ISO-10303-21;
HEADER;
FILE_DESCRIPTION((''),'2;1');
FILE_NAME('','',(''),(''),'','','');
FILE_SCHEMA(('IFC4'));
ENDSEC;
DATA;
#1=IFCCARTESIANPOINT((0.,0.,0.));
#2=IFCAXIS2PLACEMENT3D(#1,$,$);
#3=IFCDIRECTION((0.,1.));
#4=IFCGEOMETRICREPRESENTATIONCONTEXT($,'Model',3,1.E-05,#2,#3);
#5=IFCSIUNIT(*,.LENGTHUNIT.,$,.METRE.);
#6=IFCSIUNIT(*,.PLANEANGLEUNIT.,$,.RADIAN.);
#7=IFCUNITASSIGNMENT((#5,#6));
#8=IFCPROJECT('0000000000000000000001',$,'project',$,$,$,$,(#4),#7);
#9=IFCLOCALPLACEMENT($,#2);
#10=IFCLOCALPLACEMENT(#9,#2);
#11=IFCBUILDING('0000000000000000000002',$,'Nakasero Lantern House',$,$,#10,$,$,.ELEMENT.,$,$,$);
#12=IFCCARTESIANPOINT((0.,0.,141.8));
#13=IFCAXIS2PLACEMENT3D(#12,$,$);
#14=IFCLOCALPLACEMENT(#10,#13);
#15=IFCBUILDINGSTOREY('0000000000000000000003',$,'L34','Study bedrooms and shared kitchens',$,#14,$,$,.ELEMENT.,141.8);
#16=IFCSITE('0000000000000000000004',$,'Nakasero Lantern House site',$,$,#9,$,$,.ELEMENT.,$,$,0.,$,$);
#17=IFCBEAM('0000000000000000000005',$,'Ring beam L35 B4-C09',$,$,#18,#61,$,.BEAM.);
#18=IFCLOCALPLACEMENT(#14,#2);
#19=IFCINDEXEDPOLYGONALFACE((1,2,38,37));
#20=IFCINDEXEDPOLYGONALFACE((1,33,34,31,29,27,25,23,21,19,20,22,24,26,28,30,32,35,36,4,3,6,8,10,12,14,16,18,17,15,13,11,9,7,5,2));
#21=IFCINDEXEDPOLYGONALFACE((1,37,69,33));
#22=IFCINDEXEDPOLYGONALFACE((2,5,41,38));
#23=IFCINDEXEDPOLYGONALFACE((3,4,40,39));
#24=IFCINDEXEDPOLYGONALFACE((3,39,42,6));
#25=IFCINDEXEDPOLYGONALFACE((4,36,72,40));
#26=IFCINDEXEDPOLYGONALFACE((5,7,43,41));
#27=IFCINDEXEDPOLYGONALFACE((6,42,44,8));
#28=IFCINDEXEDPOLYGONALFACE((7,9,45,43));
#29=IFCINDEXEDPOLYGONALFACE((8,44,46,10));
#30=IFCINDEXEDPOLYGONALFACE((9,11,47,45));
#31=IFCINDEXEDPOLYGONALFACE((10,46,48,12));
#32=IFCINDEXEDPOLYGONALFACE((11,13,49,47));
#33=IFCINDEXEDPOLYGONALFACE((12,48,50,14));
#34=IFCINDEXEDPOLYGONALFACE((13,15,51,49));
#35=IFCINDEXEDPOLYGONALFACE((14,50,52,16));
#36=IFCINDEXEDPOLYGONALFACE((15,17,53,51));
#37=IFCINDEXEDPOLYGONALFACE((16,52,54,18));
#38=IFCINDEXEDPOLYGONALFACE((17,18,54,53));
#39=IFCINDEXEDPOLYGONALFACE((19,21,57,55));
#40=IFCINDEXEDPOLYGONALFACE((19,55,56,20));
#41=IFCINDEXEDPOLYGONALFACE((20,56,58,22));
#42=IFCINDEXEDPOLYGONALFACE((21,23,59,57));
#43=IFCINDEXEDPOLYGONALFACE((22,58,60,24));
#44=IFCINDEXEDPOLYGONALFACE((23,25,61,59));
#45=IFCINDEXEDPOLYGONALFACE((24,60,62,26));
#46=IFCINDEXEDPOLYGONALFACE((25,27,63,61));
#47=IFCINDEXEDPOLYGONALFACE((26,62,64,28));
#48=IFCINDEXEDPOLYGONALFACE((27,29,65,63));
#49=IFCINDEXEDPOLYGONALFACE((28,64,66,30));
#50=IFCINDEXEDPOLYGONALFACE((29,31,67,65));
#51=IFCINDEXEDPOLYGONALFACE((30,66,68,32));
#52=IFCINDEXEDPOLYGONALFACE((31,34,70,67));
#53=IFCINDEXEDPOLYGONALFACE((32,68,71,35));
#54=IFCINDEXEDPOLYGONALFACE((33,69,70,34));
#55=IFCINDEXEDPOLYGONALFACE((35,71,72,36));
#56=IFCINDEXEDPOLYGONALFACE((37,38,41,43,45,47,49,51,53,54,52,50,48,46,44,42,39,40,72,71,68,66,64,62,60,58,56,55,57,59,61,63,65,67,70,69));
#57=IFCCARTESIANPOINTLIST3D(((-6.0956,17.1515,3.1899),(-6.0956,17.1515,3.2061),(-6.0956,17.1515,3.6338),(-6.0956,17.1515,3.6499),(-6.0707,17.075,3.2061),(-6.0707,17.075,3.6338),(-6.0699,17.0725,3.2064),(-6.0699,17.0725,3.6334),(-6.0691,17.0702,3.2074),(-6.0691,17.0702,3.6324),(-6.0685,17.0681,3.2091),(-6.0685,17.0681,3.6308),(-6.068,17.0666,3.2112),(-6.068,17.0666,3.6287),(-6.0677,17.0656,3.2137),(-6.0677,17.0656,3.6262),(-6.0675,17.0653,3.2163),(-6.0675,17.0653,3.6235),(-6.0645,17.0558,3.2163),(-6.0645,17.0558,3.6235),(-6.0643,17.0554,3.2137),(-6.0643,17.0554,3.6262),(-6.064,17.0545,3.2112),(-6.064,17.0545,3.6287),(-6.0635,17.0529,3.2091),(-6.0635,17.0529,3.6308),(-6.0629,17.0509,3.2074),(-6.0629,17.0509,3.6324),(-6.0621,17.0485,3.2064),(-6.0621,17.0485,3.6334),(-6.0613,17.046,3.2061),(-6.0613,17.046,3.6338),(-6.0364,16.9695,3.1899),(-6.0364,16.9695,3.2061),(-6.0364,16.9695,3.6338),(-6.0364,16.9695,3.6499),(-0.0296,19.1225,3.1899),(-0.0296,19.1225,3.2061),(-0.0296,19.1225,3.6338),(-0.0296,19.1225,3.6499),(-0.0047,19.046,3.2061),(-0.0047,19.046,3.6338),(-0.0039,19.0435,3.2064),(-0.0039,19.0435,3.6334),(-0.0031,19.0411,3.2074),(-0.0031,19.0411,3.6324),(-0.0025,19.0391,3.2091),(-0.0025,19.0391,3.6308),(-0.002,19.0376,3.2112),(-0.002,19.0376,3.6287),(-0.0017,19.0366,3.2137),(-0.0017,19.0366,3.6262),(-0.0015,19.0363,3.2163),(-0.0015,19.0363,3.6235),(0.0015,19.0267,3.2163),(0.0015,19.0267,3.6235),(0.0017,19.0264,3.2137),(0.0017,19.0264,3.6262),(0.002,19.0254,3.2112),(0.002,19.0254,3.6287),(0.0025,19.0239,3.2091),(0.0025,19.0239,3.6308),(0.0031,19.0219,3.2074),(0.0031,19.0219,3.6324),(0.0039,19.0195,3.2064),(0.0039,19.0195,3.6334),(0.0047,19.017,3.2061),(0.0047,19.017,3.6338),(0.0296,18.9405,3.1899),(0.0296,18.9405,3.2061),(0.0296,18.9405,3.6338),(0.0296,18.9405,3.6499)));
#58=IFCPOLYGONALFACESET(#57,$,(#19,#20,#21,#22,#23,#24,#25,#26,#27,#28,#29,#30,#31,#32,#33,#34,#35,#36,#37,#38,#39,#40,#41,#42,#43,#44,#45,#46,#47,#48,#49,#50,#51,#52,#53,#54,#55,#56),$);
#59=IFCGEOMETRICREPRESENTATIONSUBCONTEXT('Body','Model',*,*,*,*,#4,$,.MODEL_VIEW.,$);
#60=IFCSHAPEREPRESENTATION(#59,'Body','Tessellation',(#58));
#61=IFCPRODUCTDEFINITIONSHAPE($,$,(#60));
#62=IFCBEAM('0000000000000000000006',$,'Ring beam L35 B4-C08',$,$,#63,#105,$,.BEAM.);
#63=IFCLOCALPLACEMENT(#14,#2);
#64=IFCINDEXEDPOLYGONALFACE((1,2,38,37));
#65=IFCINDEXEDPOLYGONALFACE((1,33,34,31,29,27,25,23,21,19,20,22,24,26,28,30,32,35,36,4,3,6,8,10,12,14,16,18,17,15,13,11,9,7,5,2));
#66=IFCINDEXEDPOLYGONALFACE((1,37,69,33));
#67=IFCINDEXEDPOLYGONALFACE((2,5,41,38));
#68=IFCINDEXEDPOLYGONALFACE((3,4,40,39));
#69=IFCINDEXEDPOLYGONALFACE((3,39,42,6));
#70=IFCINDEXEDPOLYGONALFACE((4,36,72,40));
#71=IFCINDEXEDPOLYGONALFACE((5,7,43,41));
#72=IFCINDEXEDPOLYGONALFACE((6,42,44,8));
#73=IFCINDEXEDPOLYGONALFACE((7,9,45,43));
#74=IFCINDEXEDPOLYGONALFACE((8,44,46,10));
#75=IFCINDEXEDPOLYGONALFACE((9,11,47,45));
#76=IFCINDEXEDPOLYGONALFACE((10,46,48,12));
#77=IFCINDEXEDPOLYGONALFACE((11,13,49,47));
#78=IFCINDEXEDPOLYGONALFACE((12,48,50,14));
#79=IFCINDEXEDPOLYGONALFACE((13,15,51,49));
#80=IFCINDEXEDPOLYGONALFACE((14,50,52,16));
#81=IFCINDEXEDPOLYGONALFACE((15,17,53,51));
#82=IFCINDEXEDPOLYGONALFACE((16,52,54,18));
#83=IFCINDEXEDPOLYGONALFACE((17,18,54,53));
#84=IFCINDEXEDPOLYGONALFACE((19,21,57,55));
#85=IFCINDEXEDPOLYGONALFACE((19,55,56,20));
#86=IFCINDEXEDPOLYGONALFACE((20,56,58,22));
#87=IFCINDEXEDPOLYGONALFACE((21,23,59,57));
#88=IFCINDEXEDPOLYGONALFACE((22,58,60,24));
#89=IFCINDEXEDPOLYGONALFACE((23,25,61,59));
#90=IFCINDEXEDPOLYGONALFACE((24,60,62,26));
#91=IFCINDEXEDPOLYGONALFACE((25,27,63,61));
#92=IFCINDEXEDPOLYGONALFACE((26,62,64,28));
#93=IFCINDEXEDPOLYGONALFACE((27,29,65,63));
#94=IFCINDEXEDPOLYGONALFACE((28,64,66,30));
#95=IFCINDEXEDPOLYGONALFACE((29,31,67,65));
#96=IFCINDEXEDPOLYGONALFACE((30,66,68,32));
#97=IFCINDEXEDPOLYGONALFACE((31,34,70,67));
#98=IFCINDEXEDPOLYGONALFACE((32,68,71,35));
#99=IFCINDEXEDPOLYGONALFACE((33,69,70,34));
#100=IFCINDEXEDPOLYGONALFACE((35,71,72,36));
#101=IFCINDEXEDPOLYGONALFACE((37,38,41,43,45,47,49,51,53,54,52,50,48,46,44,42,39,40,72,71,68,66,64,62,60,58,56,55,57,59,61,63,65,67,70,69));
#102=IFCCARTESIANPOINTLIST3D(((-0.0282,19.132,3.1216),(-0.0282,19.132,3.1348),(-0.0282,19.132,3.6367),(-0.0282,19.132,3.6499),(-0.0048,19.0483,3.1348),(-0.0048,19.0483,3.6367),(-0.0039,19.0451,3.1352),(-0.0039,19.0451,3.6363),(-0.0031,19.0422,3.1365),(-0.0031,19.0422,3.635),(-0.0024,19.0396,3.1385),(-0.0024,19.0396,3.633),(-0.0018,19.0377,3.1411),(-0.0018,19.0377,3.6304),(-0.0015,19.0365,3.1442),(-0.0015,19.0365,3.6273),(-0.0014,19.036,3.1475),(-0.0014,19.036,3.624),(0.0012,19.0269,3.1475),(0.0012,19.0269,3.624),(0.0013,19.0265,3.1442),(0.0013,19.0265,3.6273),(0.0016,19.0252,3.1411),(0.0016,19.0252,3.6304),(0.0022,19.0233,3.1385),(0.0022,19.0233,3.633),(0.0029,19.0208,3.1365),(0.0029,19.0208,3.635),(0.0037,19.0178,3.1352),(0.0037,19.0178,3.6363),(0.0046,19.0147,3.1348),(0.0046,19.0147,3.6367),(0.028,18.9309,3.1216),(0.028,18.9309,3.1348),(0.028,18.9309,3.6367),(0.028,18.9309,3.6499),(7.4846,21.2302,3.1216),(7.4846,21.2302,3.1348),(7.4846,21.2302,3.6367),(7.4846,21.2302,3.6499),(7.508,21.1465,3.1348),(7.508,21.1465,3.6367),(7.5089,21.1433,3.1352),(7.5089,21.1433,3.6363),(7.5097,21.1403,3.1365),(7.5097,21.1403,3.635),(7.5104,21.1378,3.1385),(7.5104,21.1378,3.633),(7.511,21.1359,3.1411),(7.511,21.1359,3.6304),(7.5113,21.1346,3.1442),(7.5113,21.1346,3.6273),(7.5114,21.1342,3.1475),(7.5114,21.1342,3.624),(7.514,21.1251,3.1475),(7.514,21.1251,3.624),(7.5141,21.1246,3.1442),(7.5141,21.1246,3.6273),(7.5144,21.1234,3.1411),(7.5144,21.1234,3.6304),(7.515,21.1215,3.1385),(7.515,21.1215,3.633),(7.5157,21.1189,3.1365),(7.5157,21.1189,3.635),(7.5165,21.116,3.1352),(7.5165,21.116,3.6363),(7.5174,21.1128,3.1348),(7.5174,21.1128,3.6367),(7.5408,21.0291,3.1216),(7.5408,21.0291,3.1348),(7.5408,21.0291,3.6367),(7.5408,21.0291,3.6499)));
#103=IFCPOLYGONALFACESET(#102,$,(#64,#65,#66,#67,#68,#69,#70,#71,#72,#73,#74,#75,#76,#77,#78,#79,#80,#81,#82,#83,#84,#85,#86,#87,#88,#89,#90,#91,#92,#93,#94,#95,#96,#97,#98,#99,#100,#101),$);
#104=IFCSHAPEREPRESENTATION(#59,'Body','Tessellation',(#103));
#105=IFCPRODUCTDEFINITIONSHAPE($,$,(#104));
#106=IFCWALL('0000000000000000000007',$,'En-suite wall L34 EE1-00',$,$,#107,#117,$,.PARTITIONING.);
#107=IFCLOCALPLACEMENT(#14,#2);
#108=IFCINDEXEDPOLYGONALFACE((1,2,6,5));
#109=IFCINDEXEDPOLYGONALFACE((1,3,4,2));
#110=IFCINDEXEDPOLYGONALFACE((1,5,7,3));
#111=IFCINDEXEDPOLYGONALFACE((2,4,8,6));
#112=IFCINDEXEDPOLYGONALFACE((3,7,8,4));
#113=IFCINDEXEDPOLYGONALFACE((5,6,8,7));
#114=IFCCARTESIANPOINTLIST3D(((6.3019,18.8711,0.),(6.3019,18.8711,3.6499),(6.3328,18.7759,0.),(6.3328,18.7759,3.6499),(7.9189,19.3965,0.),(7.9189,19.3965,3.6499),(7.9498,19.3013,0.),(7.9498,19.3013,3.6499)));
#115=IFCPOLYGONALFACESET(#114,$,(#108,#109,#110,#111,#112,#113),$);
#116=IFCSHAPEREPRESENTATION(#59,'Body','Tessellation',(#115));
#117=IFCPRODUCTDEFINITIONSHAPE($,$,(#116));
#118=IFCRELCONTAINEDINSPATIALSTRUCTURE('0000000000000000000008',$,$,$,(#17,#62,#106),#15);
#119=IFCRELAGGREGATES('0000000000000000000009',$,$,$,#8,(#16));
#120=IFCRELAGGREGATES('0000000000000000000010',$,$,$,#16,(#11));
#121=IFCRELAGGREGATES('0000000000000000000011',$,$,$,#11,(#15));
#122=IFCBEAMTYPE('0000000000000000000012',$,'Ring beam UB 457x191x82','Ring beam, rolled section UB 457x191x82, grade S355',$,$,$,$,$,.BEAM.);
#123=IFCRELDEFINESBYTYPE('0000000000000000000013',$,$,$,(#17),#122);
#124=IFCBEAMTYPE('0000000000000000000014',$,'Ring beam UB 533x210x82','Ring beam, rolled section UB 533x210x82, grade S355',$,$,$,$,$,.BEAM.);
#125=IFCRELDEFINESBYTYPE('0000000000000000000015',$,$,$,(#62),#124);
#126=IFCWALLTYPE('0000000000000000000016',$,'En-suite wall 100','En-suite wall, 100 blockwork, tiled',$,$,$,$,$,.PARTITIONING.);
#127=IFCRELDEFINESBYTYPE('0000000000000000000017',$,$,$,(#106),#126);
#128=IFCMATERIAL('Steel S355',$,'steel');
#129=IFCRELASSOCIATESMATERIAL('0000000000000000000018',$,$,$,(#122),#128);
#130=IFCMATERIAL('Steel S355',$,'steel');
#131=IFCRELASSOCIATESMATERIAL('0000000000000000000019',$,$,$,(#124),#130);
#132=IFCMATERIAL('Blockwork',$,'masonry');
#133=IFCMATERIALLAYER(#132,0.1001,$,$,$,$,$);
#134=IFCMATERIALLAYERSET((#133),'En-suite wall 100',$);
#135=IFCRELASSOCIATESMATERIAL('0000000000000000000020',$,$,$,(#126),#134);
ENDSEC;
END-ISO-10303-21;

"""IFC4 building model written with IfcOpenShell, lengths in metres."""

from ifc_helpers import new_model, si_unit, direction, frame, frame_2d, origin, origin_2d, place, context, subcontext, project, spatial, rectangle, i_section, extrude, material, layer, layer_set, material_profile, profile_set, type_object, element, save


model = new_model("IFC4")

# Units and contexts
model_context = context("Model", 3, precision=1e-05, world=origin(), true_north=direction((0.0, 1.0)))
body_context = subcontext(model_context, "Body", "Model", "MODEL_VIEW")
ifc_project = project(units=[si_unit("LENGTHUNIT", "METRE"), si_unit("PLANEANGLEUNIT", "RADIAN")], contexts=[model_context])

# Site, building, storey
site_placement = place(None, origin())
site = spatial("IfcSite", under=ifc_project, at=site_placement, Name="Nakasero Lantern House site", CompositionType="ELEMENT", RefElevation=0.0)
building_placement = place(site_placement, origin())
building = spatial("IfcBuilding", under=site, at=building_placement, Name="Nakasero Lantern House", CompositionType="ELEMENT")
storey_placement = place(building_placement, frame((0.0, 0.0, 141.8)))
storey = spatial("IfcBuildingStorey", under=building, at=storey_placement, Name="L34", Description="Study bedrooms and shared kitchens", CompositionType="ELEMENT", Elevation=141.8)

# Beams
ifc_material_1 = material(Name="Steel S355", Category="steel")
ifc_material_profile_1 = material_profile(ifc_material_1, i_section(OverallWidth=0.1914, OverallDepth=0.46, WebThickness=0.01, FlangeThickness=0.0161, FilletRadius=0.0103, at=origin_2d()), Name="UB 457x191x82")
ifc_profile_set_1 = profile_set([ifc_material_profile_1], Name="Steel S355")
beam_type_1 = type_object("IfcBeamType", Name="Ring beam UB 457x191x82", Description="Ring beam, rolled section UB 457x191x82, grade S355", PredefinedType="BEAM", material=ifc_profile_set_1)
beam_1_placement = place(storey_placement, frame((0.0, 19.0315, 3.4199), z_axis=(-0.951056, -0.309019, 0.0), x_axis=(0.309019, -0.951056, 0.0)))
element("IfcBeam", 1, at=beam_1_placement, inside=storey, type_object=beam_type_1, Name="Ring beam L35 B4-C09", PredefinedType="BEAM", context=body_context, shape_type="SweptSolid", body=[
    extrude(i_section(OverallWidth=0.1914, OverallDepth=0.46, WebThickness=0.01, FlangeThickness=0.0161, FilletRadius=0.0103, at=origin_2d()), origin(), (0.0, 0.0, 1.0), 6.3782),
])
ifc_material_2 = material(Name="Steel S355", Category="steel")
ifc_material_profile_2 = material_profile(ifc_material_2, i_section(OverallWidth=0.2087, OverallDepth=0.5283, WebThickness=0.0095, FlangeThickness=0.0132, FilletRadius=0.0127, at=origin_2d()), Name="UB 533x210x82")
ifc_profile_set_2 = profile_set([ifc_material_profile_2], Name="Steel S355")
beam_type_2 = type_object("IfcBeamType", Name="Ring beam UB 533x210x82", Description="Ring beam, rolled section UB 533x210x82, grade S355", PredefinedType="BEAM", material=ifc_profile_set_2)
beam_2_placement = place(storey_placement, frame((7.5127, 21.1296, 3.3857), z_axis=(-0.963144, -0.268987, 0.0), x_axis=(0.268987, -0.963144, 0.0)))
element("IfcBeam", 2, at=beam_2_placement, inside=storey, type_object=beam_type_2, Name="Ring beam L35 B4-C08", PredefinedType="BEAM", context=body_context, shape_type="SweptSolid", body=[
    extrude(i_section(OverallWidth=0.2087, OverallDepth=0.5283, WebThickness=0.0095, FlangeThickness=0.0132, FilletRadius=0.0127, at=origin_2d()), origin(), (0.0, 0.0, 1.0), 7.8003),
])

# Wall
ifc_material_3 = material(Name="Blockwork", Category="masonry")
ifc_layer_1 = layer(ifc_material_3, 0.1001)
ifc_layer_set_1 = layer_set([ifc_layer_1], Name="En-suite wall 100")
wall_type_1 = type_object("IfcWallType", Name="En-suite wall 100", Description="En-suite wall, 100 blockwork, tiled", PredefinedType="PARTITIONING", material=ifc_layer_set_1)
wall_1_placement = place(storey_placement, frame((7.9343, 19.3489, 0.0), z_axis=(0.0, 0.0, 1.0), x_axis=(-0.951054, -0.309024, 0.0)))
element("IfcWall", 3, at=wall_1_placement, inside=storey, type_object=wall_type_1, Name="En-suite wall L34 EE1-00", PredefinedType="PARTITIONING", context=body_context, shape_type="SweptSolid", body=[
    extrude(rectangle(XDim=1.7002, YDim=0.1001, at=frame_2d((0.8501, 0.0))), origin(), (0.0, 0.0, 1.0), 3.6499),
])

save(model, "model.ifc")
